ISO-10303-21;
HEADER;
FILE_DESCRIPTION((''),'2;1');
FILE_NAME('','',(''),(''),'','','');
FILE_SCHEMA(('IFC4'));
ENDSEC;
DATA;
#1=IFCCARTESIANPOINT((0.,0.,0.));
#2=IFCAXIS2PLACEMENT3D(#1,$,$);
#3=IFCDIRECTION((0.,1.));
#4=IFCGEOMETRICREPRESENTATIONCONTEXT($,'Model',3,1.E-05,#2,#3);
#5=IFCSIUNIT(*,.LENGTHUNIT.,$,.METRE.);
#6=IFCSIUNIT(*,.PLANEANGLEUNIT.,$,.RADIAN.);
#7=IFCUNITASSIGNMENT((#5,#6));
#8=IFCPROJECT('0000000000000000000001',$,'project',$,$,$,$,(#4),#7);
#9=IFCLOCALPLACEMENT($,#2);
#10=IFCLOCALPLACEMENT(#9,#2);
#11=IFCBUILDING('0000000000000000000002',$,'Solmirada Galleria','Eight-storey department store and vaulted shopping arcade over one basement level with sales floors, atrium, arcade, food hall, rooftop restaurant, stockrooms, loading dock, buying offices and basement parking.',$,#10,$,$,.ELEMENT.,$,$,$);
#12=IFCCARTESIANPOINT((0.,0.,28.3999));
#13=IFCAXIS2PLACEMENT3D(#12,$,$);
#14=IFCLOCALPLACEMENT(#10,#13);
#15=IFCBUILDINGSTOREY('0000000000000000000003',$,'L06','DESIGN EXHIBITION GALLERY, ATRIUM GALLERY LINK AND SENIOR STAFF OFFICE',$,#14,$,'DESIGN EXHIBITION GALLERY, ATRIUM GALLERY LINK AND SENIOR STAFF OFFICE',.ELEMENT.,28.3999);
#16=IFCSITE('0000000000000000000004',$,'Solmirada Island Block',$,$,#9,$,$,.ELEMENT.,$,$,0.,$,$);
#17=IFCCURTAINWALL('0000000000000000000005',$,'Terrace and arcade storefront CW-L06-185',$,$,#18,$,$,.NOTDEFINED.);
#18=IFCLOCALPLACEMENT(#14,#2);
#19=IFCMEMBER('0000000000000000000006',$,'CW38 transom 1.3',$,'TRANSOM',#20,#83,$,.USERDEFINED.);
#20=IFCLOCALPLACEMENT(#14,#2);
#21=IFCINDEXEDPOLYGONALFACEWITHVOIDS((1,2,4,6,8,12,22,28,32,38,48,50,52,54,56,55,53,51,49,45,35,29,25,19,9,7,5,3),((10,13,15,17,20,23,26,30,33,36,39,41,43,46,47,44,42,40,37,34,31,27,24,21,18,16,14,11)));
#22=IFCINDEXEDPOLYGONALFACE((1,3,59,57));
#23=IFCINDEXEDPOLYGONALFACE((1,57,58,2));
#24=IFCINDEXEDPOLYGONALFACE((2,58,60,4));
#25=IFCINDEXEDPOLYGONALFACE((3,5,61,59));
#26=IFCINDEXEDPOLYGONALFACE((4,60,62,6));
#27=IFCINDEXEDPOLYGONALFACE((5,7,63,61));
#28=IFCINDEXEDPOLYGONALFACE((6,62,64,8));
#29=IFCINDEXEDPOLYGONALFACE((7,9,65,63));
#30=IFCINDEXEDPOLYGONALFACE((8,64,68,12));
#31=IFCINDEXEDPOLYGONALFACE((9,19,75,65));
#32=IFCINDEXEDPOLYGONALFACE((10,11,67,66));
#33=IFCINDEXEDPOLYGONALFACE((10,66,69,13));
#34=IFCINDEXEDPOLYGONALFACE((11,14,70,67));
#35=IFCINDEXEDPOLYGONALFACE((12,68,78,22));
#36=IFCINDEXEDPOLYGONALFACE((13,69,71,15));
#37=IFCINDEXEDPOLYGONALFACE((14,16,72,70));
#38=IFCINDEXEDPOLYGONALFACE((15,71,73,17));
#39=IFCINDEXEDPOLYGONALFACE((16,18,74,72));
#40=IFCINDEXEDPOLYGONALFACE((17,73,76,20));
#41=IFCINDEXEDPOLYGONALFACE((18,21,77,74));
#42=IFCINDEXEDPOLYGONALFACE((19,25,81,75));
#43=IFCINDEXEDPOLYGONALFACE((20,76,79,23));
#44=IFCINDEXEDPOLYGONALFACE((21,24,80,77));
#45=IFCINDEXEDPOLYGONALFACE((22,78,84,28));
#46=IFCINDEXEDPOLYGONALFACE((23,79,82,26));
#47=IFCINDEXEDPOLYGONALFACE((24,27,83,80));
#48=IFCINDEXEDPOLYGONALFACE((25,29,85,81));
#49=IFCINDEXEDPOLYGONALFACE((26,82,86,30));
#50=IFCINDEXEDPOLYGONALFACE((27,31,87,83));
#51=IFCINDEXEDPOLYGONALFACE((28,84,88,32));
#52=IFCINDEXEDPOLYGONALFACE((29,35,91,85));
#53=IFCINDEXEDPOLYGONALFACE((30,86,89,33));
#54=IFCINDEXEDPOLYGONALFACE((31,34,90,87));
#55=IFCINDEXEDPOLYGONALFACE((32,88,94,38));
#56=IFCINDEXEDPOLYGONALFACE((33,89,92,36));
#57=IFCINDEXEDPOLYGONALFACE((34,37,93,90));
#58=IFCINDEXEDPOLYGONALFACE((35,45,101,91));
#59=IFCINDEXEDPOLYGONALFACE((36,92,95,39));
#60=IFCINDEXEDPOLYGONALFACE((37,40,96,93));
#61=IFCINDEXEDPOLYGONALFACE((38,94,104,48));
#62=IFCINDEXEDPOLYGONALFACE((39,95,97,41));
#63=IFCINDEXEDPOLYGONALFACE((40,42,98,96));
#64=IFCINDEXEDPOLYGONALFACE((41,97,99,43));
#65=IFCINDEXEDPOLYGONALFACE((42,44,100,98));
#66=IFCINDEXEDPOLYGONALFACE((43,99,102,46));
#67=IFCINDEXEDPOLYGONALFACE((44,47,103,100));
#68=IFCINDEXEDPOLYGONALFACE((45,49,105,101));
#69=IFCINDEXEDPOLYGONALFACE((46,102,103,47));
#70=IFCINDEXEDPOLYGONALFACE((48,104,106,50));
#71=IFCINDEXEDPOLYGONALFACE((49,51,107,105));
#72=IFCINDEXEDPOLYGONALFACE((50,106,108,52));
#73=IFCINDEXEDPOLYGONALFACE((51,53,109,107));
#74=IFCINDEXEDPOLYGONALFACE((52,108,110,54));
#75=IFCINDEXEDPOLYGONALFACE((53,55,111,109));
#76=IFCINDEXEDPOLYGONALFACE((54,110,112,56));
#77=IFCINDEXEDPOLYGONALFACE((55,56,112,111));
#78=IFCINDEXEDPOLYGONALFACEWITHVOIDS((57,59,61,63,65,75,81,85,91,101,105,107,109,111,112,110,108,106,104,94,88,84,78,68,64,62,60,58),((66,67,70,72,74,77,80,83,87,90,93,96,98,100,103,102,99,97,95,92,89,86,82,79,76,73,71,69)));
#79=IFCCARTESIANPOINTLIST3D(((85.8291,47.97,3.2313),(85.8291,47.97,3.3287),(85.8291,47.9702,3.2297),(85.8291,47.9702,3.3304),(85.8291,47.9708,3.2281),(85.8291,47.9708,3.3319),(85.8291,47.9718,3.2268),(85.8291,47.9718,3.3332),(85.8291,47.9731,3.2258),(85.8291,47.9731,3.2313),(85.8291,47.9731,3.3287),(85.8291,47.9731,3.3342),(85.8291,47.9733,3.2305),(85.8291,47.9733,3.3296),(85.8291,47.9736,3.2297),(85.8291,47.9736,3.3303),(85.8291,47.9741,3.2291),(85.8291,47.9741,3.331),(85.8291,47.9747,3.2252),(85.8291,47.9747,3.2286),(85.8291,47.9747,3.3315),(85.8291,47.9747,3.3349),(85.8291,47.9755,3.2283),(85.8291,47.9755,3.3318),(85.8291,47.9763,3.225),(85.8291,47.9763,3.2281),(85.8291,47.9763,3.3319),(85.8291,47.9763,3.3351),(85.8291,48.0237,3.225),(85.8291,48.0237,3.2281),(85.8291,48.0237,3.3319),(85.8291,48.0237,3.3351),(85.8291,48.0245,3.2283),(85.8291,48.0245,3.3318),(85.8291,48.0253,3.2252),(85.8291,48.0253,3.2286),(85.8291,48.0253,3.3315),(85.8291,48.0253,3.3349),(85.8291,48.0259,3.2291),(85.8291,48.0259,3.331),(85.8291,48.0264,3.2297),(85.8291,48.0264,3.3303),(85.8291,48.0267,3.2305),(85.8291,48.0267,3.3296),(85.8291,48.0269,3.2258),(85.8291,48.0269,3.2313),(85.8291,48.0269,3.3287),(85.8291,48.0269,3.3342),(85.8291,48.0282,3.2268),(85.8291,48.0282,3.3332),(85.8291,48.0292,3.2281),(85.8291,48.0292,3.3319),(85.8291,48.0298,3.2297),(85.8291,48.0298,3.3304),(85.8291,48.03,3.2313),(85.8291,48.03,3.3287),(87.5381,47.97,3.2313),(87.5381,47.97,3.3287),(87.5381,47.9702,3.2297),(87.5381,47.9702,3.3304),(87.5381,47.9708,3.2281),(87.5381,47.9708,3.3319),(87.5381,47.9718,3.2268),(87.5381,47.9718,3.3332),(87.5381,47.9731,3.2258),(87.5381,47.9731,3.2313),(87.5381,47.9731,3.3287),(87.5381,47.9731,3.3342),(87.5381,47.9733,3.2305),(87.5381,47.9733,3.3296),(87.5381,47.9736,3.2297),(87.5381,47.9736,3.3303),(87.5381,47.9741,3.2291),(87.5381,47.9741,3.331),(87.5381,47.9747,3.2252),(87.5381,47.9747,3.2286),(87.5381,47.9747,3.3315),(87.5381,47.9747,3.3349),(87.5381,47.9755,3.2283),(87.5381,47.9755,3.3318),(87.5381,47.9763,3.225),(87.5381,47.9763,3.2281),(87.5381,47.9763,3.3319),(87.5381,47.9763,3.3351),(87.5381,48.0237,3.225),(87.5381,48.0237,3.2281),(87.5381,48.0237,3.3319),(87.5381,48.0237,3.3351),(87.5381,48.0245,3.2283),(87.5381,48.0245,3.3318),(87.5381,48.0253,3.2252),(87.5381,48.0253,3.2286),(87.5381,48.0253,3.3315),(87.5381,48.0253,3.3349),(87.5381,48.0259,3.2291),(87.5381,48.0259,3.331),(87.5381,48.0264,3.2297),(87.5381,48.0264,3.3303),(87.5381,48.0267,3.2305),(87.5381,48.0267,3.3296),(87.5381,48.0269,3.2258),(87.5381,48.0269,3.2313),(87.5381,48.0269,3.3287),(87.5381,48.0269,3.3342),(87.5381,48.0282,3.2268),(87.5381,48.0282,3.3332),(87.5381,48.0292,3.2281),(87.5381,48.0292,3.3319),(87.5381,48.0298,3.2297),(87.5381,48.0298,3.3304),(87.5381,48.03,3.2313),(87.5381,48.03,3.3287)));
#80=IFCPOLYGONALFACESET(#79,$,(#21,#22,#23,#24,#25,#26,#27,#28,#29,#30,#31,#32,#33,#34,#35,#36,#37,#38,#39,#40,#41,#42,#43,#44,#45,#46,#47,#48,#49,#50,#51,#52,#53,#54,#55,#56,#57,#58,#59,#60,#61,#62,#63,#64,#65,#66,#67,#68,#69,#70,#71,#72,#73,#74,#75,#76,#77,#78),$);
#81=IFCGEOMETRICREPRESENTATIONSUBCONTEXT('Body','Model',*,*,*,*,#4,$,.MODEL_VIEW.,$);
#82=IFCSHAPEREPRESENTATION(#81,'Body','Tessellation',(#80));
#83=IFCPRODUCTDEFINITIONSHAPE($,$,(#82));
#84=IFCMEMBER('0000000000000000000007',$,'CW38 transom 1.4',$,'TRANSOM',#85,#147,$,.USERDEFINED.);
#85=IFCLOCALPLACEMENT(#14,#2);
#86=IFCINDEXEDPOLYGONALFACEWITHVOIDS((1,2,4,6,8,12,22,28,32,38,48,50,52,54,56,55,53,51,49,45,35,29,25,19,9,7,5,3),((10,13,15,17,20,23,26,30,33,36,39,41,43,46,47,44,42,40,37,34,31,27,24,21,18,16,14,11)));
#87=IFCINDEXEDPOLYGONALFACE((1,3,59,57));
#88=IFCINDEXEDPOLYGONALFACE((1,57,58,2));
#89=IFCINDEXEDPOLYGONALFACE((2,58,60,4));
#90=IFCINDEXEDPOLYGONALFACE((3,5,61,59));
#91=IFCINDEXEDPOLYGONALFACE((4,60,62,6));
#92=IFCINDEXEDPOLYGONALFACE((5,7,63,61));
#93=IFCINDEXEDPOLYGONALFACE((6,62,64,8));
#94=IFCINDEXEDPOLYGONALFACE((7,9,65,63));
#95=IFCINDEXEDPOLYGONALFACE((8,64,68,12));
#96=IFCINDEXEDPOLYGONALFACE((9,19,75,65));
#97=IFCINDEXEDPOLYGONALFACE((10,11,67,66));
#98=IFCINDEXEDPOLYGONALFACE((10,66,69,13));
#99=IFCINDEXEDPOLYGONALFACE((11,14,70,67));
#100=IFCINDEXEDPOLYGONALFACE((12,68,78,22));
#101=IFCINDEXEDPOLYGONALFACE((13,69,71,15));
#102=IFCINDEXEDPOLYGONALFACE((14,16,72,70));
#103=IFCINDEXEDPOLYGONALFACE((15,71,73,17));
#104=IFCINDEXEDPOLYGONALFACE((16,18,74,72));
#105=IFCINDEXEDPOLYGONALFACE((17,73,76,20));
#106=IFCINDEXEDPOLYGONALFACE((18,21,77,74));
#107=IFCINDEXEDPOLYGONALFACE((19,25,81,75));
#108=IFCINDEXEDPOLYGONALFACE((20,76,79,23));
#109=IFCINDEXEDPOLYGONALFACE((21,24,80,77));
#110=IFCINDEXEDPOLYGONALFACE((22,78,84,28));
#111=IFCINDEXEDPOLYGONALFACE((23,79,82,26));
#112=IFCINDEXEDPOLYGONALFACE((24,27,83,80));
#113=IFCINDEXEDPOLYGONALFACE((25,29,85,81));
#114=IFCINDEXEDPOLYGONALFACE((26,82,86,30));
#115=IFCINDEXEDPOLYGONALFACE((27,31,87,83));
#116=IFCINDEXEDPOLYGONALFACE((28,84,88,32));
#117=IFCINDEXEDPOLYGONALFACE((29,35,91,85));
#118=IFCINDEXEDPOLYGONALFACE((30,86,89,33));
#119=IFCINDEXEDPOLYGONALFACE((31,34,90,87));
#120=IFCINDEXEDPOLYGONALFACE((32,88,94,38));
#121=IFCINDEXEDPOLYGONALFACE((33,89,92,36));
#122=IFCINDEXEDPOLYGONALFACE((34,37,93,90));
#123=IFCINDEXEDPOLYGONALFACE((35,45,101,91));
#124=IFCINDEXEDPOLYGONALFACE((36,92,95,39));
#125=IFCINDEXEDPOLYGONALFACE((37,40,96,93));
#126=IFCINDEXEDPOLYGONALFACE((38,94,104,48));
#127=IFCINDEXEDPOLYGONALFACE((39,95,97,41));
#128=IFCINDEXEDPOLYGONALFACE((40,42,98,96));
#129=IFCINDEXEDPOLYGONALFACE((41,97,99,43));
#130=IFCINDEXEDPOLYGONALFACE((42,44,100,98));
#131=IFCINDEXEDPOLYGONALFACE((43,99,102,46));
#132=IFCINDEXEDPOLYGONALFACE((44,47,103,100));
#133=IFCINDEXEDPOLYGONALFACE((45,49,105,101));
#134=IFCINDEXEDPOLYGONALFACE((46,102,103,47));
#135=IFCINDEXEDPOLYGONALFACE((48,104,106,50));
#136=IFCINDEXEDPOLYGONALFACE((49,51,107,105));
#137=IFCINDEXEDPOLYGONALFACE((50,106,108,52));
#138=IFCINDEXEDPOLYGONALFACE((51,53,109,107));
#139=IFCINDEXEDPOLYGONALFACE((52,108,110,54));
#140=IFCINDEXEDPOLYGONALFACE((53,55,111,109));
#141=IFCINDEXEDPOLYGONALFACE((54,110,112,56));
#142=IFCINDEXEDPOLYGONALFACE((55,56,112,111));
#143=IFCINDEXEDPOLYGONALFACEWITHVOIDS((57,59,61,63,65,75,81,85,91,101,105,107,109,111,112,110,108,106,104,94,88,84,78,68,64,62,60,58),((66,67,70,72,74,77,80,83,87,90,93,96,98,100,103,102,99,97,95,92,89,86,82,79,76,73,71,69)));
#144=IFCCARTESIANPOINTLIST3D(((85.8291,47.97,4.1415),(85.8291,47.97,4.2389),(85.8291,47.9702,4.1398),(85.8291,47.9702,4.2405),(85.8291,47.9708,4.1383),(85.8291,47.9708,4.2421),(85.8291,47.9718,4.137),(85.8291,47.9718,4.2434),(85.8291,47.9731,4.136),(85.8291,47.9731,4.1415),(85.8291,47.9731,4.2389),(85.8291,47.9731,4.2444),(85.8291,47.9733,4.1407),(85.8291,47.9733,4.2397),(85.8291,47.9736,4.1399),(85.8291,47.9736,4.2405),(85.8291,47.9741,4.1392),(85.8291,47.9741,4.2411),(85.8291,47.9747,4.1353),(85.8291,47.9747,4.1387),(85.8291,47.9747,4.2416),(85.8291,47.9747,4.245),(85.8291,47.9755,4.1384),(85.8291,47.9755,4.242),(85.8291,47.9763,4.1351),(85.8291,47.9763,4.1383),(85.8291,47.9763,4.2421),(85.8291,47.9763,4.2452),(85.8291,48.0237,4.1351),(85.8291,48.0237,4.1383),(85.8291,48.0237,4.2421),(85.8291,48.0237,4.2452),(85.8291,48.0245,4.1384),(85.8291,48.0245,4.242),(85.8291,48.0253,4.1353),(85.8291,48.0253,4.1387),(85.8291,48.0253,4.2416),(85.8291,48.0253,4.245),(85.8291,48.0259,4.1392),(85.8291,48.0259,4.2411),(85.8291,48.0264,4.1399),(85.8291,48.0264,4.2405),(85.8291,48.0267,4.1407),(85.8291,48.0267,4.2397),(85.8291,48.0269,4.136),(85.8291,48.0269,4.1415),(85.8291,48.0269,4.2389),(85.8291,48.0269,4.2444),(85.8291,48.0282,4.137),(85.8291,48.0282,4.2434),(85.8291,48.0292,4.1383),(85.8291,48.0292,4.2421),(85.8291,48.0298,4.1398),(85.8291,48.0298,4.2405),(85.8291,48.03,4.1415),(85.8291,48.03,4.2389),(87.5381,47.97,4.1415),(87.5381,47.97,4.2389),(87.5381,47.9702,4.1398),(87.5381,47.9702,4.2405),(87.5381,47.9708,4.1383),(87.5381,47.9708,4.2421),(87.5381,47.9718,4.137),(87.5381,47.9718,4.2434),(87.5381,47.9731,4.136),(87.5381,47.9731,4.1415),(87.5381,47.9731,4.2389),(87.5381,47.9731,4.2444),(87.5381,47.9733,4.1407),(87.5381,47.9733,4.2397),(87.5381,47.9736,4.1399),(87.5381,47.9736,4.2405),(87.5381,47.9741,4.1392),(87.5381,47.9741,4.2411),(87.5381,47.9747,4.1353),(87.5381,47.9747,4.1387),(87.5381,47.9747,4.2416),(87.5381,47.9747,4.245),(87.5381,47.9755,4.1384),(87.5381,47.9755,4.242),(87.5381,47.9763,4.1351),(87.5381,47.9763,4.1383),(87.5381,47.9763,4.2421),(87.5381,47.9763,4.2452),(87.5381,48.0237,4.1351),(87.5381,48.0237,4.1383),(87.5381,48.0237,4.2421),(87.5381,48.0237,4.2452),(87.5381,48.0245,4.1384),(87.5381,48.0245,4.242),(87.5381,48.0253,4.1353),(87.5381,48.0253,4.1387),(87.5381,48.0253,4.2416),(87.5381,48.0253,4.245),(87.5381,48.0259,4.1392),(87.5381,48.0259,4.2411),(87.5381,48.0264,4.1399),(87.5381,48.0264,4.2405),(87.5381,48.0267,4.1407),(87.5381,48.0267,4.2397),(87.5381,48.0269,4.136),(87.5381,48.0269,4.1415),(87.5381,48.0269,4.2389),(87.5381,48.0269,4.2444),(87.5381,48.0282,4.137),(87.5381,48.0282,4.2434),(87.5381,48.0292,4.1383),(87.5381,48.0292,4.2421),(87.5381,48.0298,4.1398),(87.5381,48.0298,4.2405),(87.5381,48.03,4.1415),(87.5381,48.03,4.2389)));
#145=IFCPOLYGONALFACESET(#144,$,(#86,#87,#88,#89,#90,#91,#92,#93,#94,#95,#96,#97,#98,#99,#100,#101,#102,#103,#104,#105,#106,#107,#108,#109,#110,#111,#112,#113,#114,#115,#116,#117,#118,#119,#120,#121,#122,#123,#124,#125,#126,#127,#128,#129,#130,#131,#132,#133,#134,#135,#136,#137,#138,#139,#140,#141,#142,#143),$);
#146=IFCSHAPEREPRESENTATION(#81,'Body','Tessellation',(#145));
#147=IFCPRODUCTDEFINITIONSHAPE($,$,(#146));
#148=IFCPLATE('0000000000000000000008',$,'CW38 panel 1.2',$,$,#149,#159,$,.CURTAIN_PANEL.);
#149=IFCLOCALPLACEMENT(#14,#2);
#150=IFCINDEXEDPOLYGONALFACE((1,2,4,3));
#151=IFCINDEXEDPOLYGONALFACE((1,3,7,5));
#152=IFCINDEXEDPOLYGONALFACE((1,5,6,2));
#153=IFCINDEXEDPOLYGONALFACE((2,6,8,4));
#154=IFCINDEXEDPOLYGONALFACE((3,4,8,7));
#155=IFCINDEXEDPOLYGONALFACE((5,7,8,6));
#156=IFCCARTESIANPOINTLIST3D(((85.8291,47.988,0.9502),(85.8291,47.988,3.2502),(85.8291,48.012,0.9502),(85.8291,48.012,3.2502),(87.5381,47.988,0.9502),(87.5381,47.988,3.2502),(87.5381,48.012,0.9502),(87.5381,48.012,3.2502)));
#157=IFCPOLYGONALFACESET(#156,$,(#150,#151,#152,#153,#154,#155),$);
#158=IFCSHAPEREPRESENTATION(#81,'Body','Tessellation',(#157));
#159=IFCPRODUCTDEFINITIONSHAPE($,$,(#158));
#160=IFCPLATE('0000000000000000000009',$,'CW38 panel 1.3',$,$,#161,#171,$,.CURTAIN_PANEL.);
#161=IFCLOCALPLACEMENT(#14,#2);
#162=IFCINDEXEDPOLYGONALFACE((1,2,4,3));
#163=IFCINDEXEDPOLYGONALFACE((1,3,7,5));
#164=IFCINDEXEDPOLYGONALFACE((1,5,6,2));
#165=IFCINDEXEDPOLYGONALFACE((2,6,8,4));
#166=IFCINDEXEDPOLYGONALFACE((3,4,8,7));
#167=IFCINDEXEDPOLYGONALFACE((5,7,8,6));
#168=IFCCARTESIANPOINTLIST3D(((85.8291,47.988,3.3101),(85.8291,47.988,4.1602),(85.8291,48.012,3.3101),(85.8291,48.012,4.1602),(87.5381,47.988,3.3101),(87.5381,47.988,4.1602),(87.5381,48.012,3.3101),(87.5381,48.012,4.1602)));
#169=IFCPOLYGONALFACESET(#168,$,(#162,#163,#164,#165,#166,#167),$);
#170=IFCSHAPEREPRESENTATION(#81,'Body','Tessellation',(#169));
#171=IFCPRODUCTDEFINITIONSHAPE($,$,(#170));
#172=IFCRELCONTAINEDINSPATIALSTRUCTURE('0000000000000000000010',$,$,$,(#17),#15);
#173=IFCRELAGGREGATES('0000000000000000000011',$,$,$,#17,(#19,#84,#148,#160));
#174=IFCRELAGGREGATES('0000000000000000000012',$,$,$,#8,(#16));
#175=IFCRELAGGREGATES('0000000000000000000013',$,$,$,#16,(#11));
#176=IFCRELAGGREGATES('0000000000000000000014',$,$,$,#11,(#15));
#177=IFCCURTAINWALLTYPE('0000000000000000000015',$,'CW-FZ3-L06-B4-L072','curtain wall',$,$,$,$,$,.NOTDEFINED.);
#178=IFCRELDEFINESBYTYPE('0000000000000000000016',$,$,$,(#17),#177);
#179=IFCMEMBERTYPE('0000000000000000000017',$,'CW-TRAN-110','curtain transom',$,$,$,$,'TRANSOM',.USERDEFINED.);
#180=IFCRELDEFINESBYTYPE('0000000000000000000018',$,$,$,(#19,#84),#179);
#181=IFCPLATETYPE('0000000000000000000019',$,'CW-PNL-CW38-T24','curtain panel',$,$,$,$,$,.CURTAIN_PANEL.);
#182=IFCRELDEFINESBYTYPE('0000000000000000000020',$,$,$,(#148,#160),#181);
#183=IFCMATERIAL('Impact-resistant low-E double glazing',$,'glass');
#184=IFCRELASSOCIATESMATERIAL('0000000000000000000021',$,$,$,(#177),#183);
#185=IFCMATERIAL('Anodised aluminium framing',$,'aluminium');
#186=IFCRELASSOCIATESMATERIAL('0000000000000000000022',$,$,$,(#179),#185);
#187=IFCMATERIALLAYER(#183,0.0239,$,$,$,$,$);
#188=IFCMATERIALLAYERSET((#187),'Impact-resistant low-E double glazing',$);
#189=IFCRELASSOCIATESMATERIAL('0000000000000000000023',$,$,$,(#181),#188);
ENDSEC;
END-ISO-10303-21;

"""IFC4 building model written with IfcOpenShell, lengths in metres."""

from ifc_helpers import new_model, si_unit, direction, frame, origin, origin_2d, place, context, subcontext, project, spatial, rectangle, hollow_rectangle, extrude, material, layer, layer_set, material_profile, profile_set, type_object, element, aggregate, save


model = new_model("IFC4")

# Units and contexts
model_context = context("Model", 3, precision=1e-05, world=origin(), true_north=direction((0.0, 1.0)))
body_context = subcontext(model_context, "Body", "Model", "MODEL_VIEW")
ifc_project = project(units=[si_unit("LENGTHUNIT", "METRE"), si_unit("PLANEANGLEUNIT", "RADIAN")], contexts=[model_context])

# Site, building, storey
site_placement = place(None, origin())
site = spatial("IfcSite", under=ifc_project, at=site_placement, Name="Solmirada Island Block", CompositionType="ELEMENT", RefElevation=0.0)
building_placement = place(site_placement, origin())
building = spatial("IfcBuilding", under=site, at=building_placement, Name="Solmirada Galleria", Description="Eight-storey department store and vaulted shopping arcade over one basement level with sales floors, atrium, arcade, food hall, rooftop restaurant, stockrooms, loading dock, buying offices and basement parking.", CompositionType="ELEMENT")
storey_placement = place(building_placement, frame((0.0, 0.0, 28.3999)))
storey = spatial("IfcBuildingStorey", under=building, at=storey_placement, Name="L06", Description="DESIGN EXHIBITION GALLERY, ATRIUM GALLERY LINK AND SENIOR STAFF OFFICE", LongName="DESIGN EXHIBITION GALLERY, ATRIUM GALLERY LINK AND SENIOR STAFF OFFICE", CompositionType="ELEMENT", Elevation=28.3999)

# Curtain wall, members, plates
ifc_material_1 = material(Name="Impact-resistant low-E double glazing", Category="glass")
curtain_wall_type = type_object("IfcCurtainWallType", Name="CW-FZ3-L06-B4-L072", Description="curtain wall", PredefinedType="NOTDEFINED", material=ifc_material_1)
curtain_wall_placement = place(storey_placement, origin())
curtain_wall = element("IfcCurtainWall", 1, at=curtain_wall_placement, inside=storey, type_object=curtain_wall_type, Name="Terrace and arcade storefront CW-L06-185", PredefinedType="NOTDEFINED")
ifc_material_2 = material(Name="Anodised aluminium framing", Category="aluminium")
ifc_material_profile_1 = material_profile(ifc_material_2, hollow_rectangle(XDim=0.0601, YDim=0.1101, WallThickness=0.0032, InnerFilletRadius=0.0032, OuterFilletRadius=0.0063, at=origin_2d()), Name="ALU-TRAN-110X60")
ifc_profile_set_1 = profile_set([ifc_material_profile_1], Name="Anodised aluminium framing")
member_type_1 = type_object("IfcMemberType", Name="CW-TRAN-110", Description="curtain transom", ElementType="TRANSOM", PredefinedType="USERDEFINED", material=ifc_profile_set_1)
member_1_placement = place(storey_placement, frame((87.5381, 48.0, 3.28), z_axis=(-1.0, 0.0, 0.0), x_axis=(0.0, -1.0, 0.0)))
member_1 = element("IfcMember", 2, at=member_1_placement, type_object=member_type_1, Name="CW38 transom 1.3", ObjectType="TRANSOM", PredefinedType="USERDEFINED", context=body_context, shape_type="SweptSolid", body=[
    extrude(hollow_rectangle(XDim=0.0601, YDim=0.1101, WallThickness=0.0032, InnerFilletRadius=0.0032, OuterFilletRadius=0.0063, at=origin_2d()), origin(), (0.0, 0.0, 1.0), 1.709),
])
member_2_placement = place(storey_placement, frame((87.5381, 48.0, 4.1902), z_axis=(-1.0, 0.0, 0.0), x_axis=(0.0, -1.0, 0.0)))
member_2 = element("IfcMember", 3, at=member_2_placement, type_object=member_type_1, Name="CW38 transom 1.4", ObjectType="TRANSOM", PredefinedType="USERDEFINED", context=body_context, shape_type="SweptSolid", body=[
    extrude(hollow_rectangle(XDim=0.0601, YDim=0.1101, WallThickness=0.0032, InnerFilletRadius=0.0032, OuterFilletRadius=0.0063, at=origin_2d()), origin(), (0.0, 0.0, 1.0), 1.709),
])
ifc_layer_1 = layer(ifc_material_1, 0.0239)
ifc_layer_set_1 = layer_set([ifc_layer_1], Name="Impact-resistant low-E double glazing")
plate_type = type_object("IfcPlateType", Name="CW-PNL-CW38-T24", Description="curtain panel", PredefinedType="CURTAIN_PANEL", material=ifc_layer_set_1)
plate_1_placement = place(storey_placement, frame((86.6836, 48.0, 0.9502), z_axis=(0.0, 0.0, 1.0), x_axis=(-1.0, 0.0, 0.0)))
plate_1 = element("IfcPlate", 4, at=plate_1_placement, type_object=plate_type, Name="CW38 panel 1.2", PredefinedType="CURTAIN_PANEL", context=body_context, shape_type="SweptSolid", body=[
    extrude(rectangle(XDim=1.709, YDim=0.0239, at=origin_2d()), origin(), (0.0, 0.0, 1.0), 2.3),
])
plate_2_placement = place(storey_placement, frame((86.6836, 48.0, 3.3101), z_axis=(0.0, 0.0, 1.0), x_axis=(-1.0, 0.0, 0.0)))
plate_2 = element("IfcPlate", 5, at=plate_2_placement, type_object=plate_type, Name="CW38 panel 1.3", PredefinedType="CURTAIN_PANEL", context=body_context, shape_type="SweptSolid", body=[
    extrude(rectangle(XDim=1.709, YDim=0.0239, at=origin_2d()), origin(), (0.0, 0.0, 1.0), 0.8501),
])
aggregate(curtain_wall, [member_1, member_2, plate_1, plate_2])

save(model, "model.ifc")
